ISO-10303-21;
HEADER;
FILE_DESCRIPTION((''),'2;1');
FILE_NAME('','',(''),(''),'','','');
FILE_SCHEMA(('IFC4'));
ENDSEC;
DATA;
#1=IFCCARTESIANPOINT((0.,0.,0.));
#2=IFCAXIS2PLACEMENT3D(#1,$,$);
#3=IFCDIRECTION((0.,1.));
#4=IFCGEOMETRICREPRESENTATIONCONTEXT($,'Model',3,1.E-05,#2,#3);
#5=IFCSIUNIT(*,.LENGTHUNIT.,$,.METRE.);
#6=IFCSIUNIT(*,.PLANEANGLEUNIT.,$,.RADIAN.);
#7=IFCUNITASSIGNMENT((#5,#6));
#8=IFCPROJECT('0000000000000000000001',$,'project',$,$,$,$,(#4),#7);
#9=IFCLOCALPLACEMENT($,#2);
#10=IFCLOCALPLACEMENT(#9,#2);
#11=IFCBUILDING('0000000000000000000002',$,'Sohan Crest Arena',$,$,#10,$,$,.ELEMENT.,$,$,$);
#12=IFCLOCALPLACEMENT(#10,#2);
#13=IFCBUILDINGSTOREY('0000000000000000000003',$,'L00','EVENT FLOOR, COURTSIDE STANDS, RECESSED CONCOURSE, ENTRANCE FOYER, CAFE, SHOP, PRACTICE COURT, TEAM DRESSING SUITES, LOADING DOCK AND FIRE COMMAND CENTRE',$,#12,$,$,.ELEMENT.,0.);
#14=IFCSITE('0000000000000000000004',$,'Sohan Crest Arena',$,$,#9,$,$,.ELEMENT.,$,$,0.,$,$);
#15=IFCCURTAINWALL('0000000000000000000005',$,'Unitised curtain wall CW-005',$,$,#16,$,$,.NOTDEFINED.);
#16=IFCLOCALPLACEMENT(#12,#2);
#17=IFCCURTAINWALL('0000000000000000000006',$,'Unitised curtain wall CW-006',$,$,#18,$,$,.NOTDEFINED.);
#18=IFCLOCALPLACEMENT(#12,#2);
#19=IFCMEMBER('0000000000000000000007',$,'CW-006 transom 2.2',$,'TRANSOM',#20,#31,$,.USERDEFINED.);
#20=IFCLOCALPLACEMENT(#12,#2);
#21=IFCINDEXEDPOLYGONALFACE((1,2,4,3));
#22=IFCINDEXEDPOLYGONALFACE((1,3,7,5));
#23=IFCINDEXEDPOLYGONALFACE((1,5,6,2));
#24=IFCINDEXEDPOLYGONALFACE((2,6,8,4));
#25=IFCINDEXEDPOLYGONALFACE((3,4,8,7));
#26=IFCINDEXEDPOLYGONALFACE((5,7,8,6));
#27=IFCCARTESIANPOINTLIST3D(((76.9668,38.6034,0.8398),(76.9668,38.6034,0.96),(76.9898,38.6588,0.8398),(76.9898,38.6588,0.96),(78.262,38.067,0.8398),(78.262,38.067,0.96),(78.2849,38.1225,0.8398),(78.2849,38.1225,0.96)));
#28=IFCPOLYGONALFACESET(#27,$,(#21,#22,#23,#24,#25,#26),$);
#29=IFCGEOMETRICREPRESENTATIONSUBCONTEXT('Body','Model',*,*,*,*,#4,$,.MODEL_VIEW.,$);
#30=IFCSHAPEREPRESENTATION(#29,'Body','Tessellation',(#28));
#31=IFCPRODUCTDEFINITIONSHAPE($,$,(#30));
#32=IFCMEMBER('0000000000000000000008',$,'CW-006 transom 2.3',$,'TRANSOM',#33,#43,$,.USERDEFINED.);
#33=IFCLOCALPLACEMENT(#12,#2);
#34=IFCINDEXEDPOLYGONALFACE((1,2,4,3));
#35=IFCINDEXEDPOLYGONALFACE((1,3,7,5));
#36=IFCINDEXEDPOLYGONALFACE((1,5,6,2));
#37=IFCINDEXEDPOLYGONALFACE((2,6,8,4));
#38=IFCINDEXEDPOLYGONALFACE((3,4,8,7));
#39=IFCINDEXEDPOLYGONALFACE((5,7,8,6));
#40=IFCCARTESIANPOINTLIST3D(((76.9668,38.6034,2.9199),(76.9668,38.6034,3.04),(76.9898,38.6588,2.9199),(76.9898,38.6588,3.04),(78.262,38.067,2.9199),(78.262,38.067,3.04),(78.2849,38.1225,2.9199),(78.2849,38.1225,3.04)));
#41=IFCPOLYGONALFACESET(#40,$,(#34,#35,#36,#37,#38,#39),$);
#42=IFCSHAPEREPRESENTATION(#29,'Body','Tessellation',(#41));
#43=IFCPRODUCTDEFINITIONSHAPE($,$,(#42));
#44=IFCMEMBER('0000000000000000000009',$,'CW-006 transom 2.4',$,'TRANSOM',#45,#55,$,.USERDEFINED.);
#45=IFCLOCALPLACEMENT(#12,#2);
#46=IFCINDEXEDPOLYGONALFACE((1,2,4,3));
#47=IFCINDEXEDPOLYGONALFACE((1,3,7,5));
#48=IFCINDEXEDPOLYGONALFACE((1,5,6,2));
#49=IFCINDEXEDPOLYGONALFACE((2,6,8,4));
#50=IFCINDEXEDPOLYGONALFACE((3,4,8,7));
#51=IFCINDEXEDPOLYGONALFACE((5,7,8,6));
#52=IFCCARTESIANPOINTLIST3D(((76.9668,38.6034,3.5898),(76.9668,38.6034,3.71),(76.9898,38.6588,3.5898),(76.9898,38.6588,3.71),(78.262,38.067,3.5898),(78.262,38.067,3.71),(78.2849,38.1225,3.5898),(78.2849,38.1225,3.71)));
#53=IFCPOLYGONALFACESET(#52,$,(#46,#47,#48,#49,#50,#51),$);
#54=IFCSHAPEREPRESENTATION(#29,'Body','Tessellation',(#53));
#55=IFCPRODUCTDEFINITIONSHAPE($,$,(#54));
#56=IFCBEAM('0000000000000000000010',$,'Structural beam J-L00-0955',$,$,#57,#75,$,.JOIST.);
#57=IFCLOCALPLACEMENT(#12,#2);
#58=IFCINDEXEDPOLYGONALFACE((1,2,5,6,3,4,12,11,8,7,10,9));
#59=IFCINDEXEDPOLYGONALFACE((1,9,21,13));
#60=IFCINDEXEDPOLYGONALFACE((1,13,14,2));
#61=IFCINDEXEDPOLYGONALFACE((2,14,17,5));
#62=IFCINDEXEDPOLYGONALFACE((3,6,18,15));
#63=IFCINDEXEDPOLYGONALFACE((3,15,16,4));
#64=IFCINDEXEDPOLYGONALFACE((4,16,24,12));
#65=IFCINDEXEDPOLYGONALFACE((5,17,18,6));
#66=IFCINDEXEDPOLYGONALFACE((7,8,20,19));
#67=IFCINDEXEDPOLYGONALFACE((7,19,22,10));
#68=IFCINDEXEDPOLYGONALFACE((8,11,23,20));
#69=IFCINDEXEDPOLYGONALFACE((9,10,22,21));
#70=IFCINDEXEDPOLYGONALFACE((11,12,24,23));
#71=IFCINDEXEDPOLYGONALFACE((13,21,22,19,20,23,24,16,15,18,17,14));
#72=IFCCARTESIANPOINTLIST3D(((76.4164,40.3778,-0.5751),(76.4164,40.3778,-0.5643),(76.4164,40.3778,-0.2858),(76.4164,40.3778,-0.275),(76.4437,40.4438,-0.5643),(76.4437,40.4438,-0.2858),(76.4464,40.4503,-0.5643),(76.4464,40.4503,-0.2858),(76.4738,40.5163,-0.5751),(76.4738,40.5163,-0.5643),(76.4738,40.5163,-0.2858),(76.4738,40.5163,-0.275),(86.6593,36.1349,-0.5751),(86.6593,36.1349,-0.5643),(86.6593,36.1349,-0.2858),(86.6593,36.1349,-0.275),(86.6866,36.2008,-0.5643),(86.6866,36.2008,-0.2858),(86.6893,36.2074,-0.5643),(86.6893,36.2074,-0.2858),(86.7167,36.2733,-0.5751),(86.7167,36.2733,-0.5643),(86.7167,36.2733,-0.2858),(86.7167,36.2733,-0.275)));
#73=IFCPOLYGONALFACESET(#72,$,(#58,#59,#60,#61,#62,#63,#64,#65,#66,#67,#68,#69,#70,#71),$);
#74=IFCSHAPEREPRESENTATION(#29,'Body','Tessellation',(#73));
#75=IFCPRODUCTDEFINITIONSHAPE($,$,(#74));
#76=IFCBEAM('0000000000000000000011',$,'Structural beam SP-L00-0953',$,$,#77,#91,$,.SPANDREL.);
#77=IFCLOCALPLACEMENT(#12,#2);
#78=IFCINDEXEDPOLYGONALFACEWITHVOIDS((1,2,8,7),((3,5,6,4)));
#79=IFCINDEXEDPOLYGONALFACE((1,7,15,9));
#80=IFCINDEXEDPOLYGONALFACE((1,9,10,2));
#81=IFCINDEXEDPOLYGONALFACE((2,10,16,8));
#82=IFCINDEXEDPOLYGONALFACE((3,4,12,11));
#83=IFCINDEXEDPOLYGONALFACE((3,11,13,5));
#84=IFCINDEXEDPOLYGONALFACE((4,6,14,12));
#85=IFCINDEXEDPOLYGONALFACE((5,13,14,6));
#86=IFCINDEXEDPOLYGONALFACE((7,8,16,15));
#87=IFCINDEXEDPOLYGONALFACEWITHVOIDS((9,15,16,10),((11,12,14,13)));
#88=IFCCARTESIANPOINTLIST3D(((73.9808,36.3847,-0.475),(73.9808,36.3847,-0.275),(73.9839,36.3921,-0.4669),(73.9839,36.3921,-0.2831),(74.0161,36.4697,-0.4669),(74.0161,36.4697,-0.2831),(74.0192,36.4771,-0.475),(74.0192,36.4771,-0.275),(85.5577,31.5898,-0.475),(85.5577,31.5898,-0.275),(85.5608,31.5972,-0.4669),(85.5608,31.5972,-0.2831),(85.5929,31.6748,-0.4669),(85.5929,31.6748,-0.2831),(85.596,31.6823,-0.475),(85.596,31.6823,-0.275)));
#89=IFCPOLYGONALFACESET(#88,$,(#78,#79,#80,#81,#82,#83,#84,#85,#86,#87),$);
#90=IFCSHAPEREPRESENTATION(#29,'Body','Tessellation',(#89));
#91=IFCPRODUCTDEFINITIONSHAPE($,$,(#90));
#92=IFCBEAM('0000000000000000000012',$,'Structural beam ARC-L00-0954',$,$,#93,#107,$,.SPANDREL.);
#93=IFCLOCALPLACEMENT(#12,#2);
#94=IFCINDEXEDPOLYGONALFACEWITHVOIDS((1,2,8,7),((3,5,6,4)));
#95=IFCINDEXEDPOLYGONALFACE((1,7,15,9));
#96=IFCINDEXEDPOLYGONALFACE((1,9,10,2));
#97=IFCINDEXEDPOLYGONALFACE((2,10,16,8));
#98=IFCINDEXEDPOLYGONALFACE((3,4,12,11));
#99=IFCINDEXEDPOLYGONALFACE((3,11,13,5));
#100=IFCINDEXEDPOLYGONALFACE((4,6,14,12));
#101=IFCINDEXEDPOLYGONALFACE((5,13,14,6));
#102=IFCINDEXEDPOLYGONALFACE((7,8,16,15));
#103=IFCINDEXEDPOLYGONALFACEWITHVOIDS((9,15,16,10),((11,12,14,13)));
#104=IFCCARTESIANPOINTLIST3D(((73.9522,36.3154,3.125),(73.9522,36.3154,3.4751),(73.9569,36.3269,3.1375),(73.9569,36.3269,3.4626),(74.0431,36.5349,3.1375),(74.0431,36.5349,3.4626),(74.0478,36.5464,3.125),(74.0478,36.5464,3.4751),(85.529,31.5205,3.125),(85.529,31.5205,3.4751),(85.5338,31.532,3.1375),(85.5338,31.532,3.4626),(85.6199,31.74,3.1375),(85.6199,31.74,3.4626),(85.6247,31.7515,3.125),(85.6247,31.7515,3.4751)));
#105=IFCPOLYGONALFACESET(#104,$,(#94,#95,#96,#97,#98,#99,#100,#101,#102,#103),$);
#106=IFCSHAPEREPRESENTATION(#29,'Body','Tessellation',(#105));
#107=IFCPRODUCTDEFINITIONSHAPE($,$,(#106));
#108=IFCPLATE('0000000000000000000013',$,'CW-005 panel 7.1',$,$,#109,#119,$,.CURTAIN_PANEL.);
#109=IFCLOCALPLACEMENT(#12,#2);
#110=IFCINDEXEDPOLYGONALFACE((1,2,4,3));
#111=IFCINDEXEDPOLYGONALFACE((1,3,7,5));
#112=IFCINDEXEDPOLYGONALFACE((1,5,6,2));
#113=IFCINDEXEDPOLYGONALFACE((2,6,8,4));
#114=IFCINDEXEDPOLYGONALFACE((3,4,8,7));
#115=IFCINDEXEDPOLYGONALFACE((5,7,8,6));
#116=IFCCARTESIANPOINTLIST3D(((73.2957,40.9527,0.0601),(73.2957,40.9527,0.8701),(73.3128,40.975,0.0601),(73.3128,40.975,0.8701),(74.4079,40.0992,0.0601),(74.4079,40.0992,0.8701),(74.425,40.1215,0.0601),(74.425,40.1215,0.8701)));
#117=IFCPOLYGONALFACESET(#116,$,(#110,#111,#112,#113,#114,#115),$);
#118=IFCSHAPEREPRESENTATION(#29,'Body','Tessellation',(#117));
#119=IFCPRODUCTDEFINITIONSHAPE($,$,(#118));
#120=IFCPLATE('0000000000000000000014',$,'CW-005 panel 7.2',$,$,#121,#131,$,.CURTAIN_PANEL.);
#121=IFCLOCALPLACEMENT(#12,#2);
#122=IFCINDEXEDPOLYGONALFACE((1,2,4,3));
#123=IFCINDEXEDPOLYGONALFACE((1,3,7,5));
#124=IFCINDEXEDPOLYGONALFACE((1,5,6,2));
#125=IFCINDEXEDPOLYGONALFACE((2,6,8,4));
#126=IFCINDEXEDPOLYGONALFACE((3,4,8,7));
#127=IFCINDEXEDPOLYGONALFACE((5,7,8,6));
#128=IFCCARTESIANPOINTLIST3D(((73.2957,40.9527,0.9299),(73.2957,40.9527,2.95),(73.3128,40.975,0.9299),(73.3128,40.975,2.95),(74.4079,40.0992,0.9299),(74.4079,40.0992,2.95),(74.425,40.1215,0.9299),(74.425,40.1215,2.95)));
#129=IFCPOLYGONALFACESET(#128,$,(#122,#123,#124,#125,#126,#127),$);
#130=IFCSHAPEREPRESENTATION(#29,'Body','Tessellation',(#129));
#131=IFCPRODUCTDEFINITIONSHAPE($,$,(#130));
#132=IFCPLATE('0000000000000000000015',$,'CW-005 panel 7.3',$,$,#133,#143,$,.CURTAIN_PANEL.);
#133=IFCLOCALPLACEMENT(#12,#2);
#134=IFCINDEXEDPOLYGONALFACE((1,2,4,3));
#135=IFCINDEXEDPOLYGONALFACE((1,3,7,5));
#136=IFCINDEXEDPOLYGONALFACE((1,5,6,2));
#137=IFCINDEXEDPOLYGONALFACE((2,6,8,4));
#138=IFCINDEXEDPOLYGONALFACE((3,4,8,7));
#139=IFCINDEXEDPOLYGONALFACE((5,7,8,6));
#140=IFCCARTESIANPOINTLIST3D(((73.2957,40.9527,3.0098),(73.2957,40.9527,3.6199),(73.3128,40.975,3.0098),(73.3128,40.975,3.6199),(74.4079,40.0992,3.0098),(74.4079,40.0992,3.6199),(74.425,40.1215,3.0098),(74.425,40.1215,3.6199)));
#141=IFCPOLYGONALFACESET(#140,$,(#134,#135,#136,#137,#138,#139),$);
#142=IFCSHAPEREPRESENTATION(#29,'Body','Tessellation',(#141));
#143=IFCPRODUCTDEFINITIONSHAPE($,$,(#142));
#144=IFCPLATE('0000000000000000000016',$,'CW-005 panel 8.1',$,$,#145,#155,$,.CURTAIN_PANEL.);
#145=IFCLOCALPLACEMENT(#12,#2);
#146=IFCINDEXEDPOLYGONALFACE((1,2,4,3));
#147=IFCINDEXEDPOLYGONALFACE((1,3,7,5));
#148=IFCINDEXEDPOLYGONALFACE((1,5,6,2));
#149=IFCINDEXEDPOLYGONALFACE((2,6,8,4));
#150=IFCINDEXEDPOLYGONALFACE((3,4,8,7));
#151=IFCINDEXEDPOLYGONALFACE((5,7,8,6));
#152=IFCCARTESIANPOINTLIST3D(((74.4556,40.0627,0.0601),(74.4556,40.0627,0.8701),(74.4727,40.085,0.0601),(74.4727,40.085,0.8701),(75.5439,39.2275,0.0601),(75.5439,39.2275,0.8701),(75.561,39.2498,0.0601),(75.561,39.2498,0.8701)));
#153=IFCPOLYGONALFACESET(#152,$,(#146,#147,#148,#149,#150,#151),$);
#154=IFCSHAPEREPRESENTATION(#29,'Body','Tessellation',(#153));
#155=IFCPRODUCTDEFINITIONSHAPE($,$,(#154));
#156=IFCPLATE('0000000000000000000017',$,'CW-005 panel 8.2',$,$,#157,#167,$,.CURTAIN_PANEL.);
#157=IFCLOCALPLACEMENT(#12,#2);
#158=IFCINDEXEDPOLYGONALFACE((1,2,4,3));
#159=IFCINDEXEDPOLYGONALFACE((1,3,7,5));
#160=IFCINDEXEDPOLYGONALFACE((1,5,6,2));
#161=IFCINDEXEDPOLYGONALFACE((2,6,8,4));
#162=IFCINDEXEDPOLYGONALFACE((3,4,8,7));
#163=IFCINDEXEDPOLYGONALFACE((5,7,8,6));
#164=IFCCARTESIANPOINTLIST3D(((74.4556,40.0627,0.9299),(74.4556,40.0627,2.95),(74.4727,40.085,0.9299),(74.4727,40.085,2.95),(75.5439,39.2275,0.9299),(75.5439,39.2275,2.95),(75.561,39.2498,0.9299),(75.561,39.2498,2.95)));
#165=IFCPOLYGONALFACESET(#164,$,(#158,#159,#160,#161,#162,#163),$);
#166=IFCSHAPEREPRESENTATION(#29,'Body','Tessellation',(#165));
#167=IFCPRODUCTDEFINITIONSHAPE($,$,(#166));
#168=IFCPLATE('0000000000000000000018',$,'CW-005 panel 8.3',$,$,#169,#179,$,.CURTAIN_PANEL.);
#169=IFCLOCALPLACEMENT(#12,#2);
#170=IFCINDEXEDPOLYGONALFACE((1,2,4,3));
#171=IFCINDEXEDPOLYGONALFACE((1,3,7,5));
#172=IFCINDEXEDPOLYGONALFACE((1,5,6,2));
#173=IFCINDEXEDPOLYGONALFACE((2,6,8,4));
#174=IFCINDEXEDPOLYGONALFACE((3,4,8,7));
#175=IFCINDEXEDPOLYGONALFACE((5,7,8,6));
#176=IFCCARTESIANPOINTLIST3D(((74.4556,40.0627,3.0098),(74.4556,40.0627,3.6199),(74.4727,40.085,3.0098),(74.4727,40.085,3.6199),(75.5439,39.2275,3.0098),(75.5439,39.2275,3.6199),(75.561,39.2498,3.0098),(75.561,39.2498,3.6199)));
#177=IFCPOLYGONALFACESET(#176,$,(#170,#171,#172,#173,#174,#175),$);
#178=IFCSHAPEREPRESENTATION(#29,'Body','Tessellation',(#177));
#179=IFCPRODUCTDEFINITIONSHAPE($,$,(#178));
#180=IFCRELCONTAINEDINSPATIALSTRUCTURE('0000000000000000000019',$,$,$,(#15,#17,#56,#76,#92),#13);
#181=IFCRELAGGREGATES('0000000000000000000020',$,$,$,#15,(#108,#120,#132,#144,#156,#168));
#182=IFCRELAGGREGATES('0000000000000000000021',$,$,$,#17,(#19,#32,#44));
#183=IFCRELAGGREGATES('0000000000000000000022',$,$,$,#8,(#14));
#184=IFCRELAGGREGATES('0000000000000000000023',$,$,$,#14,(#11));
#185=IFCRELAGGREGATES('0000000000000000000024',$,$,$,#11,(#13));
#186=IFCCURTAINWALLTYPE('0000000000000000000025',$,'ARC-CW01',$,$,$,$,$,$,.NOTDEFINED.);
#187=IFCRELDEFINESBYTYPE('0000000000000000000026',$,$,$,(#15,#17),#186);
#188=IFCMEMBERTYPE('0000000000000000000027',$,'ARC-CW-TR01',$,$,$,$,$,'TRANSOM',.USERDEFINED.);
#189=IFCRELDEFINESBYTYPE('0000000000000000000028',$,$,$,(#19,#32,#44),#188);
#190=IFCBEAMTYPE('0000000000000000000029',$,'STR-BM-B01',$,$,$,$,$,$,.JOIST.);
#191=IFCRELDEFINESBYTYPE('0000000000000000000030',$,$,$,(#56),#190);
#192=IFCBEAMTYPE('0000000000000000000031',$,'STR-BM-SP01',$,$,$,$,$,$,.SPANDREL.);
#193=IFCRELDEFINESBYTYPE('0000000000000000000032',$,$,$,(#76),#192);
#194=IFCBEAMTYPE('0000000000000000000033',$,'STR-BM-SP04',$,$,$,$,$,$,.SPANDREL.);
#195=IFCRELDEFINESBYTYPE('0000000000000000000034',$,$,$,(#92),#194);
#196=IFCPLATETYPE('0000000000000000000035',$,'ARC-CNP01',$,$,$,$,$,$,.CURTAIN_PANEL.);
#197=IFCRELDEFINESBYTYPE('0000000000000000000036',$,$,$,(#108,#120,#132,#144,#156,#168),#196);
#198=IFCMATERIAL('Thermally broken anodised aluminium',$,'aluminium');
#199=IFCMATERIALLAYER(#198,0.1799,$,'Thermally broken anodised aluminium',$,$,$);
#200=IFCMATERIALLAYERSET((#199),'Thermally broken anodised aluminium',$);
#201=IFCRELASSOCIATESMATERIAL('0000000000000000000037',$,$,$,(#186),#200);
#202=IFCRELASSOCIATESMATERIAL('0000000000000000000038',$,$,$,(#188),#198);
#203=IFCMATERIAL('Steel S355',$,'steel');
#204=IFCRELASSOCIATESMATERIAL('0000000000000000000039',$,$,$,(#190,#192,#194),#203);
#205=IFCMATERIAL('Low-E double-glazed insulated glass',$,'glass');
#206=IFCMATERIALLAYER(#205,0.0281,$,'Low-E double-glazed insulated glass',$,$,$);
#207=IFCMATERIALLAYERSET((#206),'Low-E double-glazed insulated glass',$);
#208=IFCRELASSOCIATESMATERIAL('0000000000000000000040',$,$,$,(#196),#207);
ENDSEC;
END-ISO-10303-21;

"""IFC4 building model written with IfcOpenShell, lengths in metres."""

from ifc_helpers import new_model, si_unit, direction, frame, origin, origin_2d, place, context, subcontext, project, spatial, rectangle, hollow_rectangle, i_section, extrude, material, layer, layer_set, material_profile, profile_set, type_object, element, aggregate, save


model = new_model("IFC4")

# Units and contexts
model_context = context("Model", 3, precision=1e-05, world=origin(), true_north=direction((0.0, 1.0)))
body_context = subcontext(model_context, "Body", "Model", "MODEL_VIEW")
ifc_project = project(units=[si_unit("LENGTHUNIT", "METRE"), si_unit("PLANEANGLEUNIT", "RADIAN")], contexts=[model_context])

# Site, building, storey
site_placement = place(None, origin())
site = spatial("IfcSite", under=ifc_project, at=site_placement, Name="Sohan Crest Arena", CompositionType="ELEMENT", RefElevation=0.0)
building_placement = place(site_placement, origin())
building = spatial("IfcBuilding", under=site, at=building_placement, Name="Sohan Crest Arena", CompositionType="ELEMENT")
storey_placement = place(building_placement, origin())
storey = spatial("IfcBuildingStorey", under=building, at=storey_placement, Name="L00", Description="EVENT FLOOR, COURTSIDE STANDS, RECESSED CONCOURSE, ENTRANCE FOYER, CAFE, SHOP, PRACTICE COURT, TEAM DRESSING SUITES, LOADING DOCK AND FIRE COMMAND CENTRE", CompositionType="ELEMENT", Elevation=0.0)

# Curtain walls
ifc_material_1 = material(Name="Thermally broken anodised aluminium", Category="aluminium")
ifc_layer_1 = layer(ifc_material_1, 0.1799, Name="Thermally broken anodised aluminium")
ifc_layer_set_1 = layer_set([ifc_layer_1], Name="Thermally broken anodised aluminium")
curtain_wall_type = type_object("IfcCurtainWallType", Name="ARC-CW01", PredefinedType="NOTDEFINED", material=ifc_layer_set_1)
curtain_wall_1_placement = place(storey_placement, origin())
curtain_wall_1 = element("IfcCurtainWall", 1, at=curtain_wall_1_placement, inside=storey, type_object=curtain_wall_type, Name="Unitised curtain wall CW-005", PredefinedType="NOTDEFINED")
curtain_wall_2_placement = place(storey_placement, origin())
curtain_wall_2 = element("IfcCurtainWall", 2, at=curtain_wall_2_placement, inside=storey, type_object=curtain_wall_type, Name="Unitised curtain wall CW-006", PredefinedType="NOTDEFINED")

# Members
ifc_material_profile_1 = material_profile(ifc_material_1, rectangle(XDim=0.0601, YDim=0.1201, at=origin_2d()), Name="ALU-TRAN 60x120")
ifc_profile_set_1 = profile_set([ifc_material_profile_1], Name="Thermally broken anodised aluminium")
member_type_1 = type_object("IfcMemberType", Name="ARC-CW-TR01", ElementType="TRANSOM", PredefinedType="USERDEFINED", material=ifc_profile_set_1)
member_1_placement = place(storey_placement, frame((76.9783, 38.6311, 0.8999), z_axis=(0.923904, -0.382624, 0.0), x_axis=(0.382624, 0.923904, 0.0)))
member_1 = element("IfcMember", 3, at=member_1_placement, type_object=member_type_1, Name="CW-006 transom 2.2", ObjectType="TRANSOM", PredefinedType="USERDEFINED", context=body_context, shape_type="SweptSolid", body=[
    extrude(rectangle(XDim=0.0601, YDim=0.1201, at=origin_2d()), origin(), (0.0, 0.0, 1.0), 1.4019),
])
member_2_placement = place(storey_placement, frame((76.9783, 38.6311, 2.98), z_axis=(0.923904, -0.382624, 0.0), x_axis=(0.382624, 0.923904, 0.0)))
member_2 = element("IfcMember", 4, at=member_2_placement, type_object=member_type_1, Name="CW-006 transom 2.3", ObjectType="TRANSOM", PredefinedType="USERDEFINED", context=body_context, shape_type="SweptSolid", body=[
    extrude(rectangle(XDim=0.0601, YDim=0.1201, at=origin_2d()), origin(), (0.0, 0.0, 1.0), 1.4019),
])
member_3_placement = place(storey_placement, frame((76.9783, 38.6311, 3.6499), z_axis=(0.923904, -0.382624, 0.0), x_axis=(0.382624, 0.923904, 0.0)))
member_3 = element("IfcMember", 5, at=member_3_placement, type_object=member_type_1, Name="CW-006 transom 2.4", ObjectType="TRANSOM", PredefinedType="USERDEFINED", context=body_context, shape_type="SweptSolid", body=[
    extrude(rectangle(XDim=0.0601, YDim=0.1201, at=origin_2d()), origin(), (0.0, 0.0, 1.0), 1.4019),
])

# Beams
ifc_material_2 = material(Name="Steel S355", Category="steel")
ifc_material_profile_2 = material_profile(ifc_material_2, i_section(OverallWidth=0.1499, OverallDepth=0.3, WebThickness=0.0071, FlangeThickness=0.0107, at=origin_2d()), Name="IPE 300")
ifc_profile_set_2 = profile_set([ifc_material_profile_2], Name="Steel S355")
beam_type_1 = type_object("IfcBeamType", Name="STR-BM-B01", PredefinedType="JOIST", material=ifc_profile_set_2)
beam_1_placement = place(storey_placement, frame((76.4451, 40.447, -0.425), z_axis=(0.923874, -0.382696, 0.0), x_axis=(0.382696, 0.923874, 0.0)))
element("IfcBeam", 6, at=beam_1_placement, inside=storey, type_object=beam_type_1, Name="Structural beam J-L00-0955", PredefinedType="JOIST", context=body_context, shape_type="SweptSolid", body=[
    extrude(i_section(OverallWidth=0.1499, OverallDepth=0.3, WebThickness=0.0071, FlangeThickness=0.0107, at=origin_2d()), origin(), (0.0, 0.0, 1.0), 11.0869),
])
ifc_material_profile_3 = material_profile(ifc_material_2, hollow_rectangle(XDim=0.1001, YDim=0.2, WallThickness=0.0081, at=origin_2d()), Name="RHS 200x100x8")
ifc_profile_set_3 = profile_set([ifc_material_profile_3], Name="Steel S355")
beam_type_2 = type_object("IfcBeamType", Name="STR-BM-SP01", PredefinedType="SPANDREL", material=ifc_profile_set_3)
beam_2_placement = place(storey_placement, frame((74.0, 36.4309, -0.375), z_axis=(0.923891, -0.382657, 0.0), x_axis=(0.382657, 0.923891, 0.0)))
element("IfcBeam", 7, at=beam_2_placement, inside=storey, type_object=beam_type_2, Name="Structural beam SP-L00-0953", PredefinedType="SPANDREL", context=body_context, shape_type="SweptSolid", body=[
    extrude(hollow_rectangle(XDim=0.1001, YDim=0.2, WallThickness=0.0081, at=origin_2d()), origin(), (0.0, 0.0, 1.0), 12.5305),
])
ifc_material_profile_4 = material_profile(ifc_material_2, hollow_rectangle(XDim=0.25, YDim=0.3501, WallThickness=0.0125, at=origin_2d()), Name="RHS 350x250x12.5")
ifc_profile_set_4 = profile_set([ifc_material_profile_4], Name="Steel S355")
beam_type_3 = type_object("IfcBeamType", Name="STR-BM-SP04", PredefinedType="SPANDREL", material=ifc_profile_set_4)
beam_3_placement = place(storey_placement, frame((74.0, 36.4309, 3.3), z_axis=(0.923891, -0.382657, 0.0), x_axis=(0.382657, 0.923891, 0.0)))
element("IfcBeam", 8, at=beam_3_placement, inside=storey, type_object=beam_type_3, Name="Structural beam ARC-L00-0954", PredefinedType="SPANDREL", context=body_context, shape_type="SweptSolid", body=[
    extrude(hollow_rectangle(XDim=0.25, YDim=0.3501, WallThickness=0.0125, at=origin_2d()), origin(), (0.0, 0.0, 1.0), 12.5305),
])

# Plates
ifc_material_3 = material(Name="Low-E double-glazed insulated glass", Category="glass")
ifc_layer_2 = layer(ifc_material_3, 0.0281, Name="Low-E double-glazed insulated glass")
ifc_layer_set_2 = layer_set([ifc_layer_2], Name="Low-E double-glazed insulated glass")
plate_type = type_object("IfcPlateType", Name="ARC-CNP01", PredefinedType="CURTAIN_PANEL", material=ifc_layer_set_2)
plate_1_placement = place(storey_placement, frame((73.8604, 40.5371, 0.0601), z_axis=(0.0, 0.0, 1.0), x_axis=(0.793323, -0.608801, 0.0)))
plate_1 = element("IfcPlate", 9, at=plate_1_placement, type_object=plate_type, Name="CW-005 panel 7.1", PredefinedType="CURTAIN_PANEL", context=body_context, shape_type="SweptSolid", body=[
    extrude(rectangle(XDim=1.4019, YDim=0.0281, at=origin_2d()), origin(), (0.0, 0.0, 1.0), 0.8101),
])
plate_2_placement = place(storey_placement, frame((73.8604, 40.5371, 0.9299), z_axis=(0.0, 0.0, 1.0), x_axis=(0.793323, -0.608801, 0.0)))
plate_2 = element("IfcPlate", 10, at=plate_2_placement, type_object=plate_type, Name="CW-005 panel 7.2", PredefinedType="CURTAIN_PANEL", context=body_context, shape_type="SweptSolid", body=[
    extrude(rectangle(XDim=1.4019, YDim=0.0281, at=origin_2d()), origin(), (0.0, 0.0, 1.0), 2.02),
])
plate_3_placement = place(storey_placement, frame((73.8604, 40.5371, 3.0098), z_axis=(0.0, 0.0, 1.0), x_axis=(0.793323, -0.608801, 0.0)))
plate_3 = element("IfcPlate", 11, at=plate_3_placement, type_object=plate_type, Name="CW-005 panel 7.3", PredefinedType="CURTAIN_PANEL", context=body_context, shape_type="SweptSolid", body=[
    extrude(rectangle(XDim=1.4019, YDim=0.0281, at=origin_2d()), origin(), (0.0, 0.0, 1.0), 0.6101),
])
plate_4_placement = place(storey_placement, frame((75.0083, 39.6562, 0.0601), z_axis=(0.0, 0.0, 1.0), x_axis=(0.793323, -0.608801, 0.0)))
plate_4 = element("IfcPlate", 12, at=plate_4_placement, type_object=plate_type, Name="CW-005 panel 8.1", PredefinedType="CURTAIN_PANEL", context=body_context, shape_type="SweptSolid", body=[
    extrude(rectangle(XDim=1.3718, YDim=0.0281, at=origin_2d()), origin(), (0.0, 0.0, 1.0), 0.8101),
])
plate_5_placement = place(storey_placement, frame((75.0083, 39.6562, 0.9299), z_axis=(0.0, 0.0, 1.0), x_axis=(0.793323, -0.608801, 0.0)))
plate_5 = element("IfcPlate", 13, at=plate_5_placement, type_object=plate_type, Name="CW-005 panel 8.2", PredefinedType="CURTAIN_PANEL", context=body_context, shape_type="SweptSolid", body=[
    extrude(rectangle(XDim=1.3718, YDim=0.0281, at=origin_2d()), origin(), (0.0, 0.0, 1.0), 2.02),
])
plate_6_placement = place(storey_placement, frame((75.0083, 39.6562, 3.0098), z_axis=(0.0, 0.0, 1.0), x_axis=(0.793323, -0.608801, 0.0)))
plate_6 = element("IfcPlate", 14, at=plate_6_placement, type_object=plate_type, Name="CW-005 panel 8.3", PredefinedType="CURTAIN_PANEL", context=body_context, shape_type="SweptSolid", body=[
    extrude(rectangle(XDim=1.3718, YDim=0.0281, at=origin_2d()), origin(), (0.0, 0.0, 1.0), 0.6101),
])
aggregate(curtain_wall_1, [plate_1, plate_2, plate_3, plate_4, plate_5, plate_6])
aggregate(curtain_wall_2, [member_1, member_2, member_3])

save(model, "model.ifc")
